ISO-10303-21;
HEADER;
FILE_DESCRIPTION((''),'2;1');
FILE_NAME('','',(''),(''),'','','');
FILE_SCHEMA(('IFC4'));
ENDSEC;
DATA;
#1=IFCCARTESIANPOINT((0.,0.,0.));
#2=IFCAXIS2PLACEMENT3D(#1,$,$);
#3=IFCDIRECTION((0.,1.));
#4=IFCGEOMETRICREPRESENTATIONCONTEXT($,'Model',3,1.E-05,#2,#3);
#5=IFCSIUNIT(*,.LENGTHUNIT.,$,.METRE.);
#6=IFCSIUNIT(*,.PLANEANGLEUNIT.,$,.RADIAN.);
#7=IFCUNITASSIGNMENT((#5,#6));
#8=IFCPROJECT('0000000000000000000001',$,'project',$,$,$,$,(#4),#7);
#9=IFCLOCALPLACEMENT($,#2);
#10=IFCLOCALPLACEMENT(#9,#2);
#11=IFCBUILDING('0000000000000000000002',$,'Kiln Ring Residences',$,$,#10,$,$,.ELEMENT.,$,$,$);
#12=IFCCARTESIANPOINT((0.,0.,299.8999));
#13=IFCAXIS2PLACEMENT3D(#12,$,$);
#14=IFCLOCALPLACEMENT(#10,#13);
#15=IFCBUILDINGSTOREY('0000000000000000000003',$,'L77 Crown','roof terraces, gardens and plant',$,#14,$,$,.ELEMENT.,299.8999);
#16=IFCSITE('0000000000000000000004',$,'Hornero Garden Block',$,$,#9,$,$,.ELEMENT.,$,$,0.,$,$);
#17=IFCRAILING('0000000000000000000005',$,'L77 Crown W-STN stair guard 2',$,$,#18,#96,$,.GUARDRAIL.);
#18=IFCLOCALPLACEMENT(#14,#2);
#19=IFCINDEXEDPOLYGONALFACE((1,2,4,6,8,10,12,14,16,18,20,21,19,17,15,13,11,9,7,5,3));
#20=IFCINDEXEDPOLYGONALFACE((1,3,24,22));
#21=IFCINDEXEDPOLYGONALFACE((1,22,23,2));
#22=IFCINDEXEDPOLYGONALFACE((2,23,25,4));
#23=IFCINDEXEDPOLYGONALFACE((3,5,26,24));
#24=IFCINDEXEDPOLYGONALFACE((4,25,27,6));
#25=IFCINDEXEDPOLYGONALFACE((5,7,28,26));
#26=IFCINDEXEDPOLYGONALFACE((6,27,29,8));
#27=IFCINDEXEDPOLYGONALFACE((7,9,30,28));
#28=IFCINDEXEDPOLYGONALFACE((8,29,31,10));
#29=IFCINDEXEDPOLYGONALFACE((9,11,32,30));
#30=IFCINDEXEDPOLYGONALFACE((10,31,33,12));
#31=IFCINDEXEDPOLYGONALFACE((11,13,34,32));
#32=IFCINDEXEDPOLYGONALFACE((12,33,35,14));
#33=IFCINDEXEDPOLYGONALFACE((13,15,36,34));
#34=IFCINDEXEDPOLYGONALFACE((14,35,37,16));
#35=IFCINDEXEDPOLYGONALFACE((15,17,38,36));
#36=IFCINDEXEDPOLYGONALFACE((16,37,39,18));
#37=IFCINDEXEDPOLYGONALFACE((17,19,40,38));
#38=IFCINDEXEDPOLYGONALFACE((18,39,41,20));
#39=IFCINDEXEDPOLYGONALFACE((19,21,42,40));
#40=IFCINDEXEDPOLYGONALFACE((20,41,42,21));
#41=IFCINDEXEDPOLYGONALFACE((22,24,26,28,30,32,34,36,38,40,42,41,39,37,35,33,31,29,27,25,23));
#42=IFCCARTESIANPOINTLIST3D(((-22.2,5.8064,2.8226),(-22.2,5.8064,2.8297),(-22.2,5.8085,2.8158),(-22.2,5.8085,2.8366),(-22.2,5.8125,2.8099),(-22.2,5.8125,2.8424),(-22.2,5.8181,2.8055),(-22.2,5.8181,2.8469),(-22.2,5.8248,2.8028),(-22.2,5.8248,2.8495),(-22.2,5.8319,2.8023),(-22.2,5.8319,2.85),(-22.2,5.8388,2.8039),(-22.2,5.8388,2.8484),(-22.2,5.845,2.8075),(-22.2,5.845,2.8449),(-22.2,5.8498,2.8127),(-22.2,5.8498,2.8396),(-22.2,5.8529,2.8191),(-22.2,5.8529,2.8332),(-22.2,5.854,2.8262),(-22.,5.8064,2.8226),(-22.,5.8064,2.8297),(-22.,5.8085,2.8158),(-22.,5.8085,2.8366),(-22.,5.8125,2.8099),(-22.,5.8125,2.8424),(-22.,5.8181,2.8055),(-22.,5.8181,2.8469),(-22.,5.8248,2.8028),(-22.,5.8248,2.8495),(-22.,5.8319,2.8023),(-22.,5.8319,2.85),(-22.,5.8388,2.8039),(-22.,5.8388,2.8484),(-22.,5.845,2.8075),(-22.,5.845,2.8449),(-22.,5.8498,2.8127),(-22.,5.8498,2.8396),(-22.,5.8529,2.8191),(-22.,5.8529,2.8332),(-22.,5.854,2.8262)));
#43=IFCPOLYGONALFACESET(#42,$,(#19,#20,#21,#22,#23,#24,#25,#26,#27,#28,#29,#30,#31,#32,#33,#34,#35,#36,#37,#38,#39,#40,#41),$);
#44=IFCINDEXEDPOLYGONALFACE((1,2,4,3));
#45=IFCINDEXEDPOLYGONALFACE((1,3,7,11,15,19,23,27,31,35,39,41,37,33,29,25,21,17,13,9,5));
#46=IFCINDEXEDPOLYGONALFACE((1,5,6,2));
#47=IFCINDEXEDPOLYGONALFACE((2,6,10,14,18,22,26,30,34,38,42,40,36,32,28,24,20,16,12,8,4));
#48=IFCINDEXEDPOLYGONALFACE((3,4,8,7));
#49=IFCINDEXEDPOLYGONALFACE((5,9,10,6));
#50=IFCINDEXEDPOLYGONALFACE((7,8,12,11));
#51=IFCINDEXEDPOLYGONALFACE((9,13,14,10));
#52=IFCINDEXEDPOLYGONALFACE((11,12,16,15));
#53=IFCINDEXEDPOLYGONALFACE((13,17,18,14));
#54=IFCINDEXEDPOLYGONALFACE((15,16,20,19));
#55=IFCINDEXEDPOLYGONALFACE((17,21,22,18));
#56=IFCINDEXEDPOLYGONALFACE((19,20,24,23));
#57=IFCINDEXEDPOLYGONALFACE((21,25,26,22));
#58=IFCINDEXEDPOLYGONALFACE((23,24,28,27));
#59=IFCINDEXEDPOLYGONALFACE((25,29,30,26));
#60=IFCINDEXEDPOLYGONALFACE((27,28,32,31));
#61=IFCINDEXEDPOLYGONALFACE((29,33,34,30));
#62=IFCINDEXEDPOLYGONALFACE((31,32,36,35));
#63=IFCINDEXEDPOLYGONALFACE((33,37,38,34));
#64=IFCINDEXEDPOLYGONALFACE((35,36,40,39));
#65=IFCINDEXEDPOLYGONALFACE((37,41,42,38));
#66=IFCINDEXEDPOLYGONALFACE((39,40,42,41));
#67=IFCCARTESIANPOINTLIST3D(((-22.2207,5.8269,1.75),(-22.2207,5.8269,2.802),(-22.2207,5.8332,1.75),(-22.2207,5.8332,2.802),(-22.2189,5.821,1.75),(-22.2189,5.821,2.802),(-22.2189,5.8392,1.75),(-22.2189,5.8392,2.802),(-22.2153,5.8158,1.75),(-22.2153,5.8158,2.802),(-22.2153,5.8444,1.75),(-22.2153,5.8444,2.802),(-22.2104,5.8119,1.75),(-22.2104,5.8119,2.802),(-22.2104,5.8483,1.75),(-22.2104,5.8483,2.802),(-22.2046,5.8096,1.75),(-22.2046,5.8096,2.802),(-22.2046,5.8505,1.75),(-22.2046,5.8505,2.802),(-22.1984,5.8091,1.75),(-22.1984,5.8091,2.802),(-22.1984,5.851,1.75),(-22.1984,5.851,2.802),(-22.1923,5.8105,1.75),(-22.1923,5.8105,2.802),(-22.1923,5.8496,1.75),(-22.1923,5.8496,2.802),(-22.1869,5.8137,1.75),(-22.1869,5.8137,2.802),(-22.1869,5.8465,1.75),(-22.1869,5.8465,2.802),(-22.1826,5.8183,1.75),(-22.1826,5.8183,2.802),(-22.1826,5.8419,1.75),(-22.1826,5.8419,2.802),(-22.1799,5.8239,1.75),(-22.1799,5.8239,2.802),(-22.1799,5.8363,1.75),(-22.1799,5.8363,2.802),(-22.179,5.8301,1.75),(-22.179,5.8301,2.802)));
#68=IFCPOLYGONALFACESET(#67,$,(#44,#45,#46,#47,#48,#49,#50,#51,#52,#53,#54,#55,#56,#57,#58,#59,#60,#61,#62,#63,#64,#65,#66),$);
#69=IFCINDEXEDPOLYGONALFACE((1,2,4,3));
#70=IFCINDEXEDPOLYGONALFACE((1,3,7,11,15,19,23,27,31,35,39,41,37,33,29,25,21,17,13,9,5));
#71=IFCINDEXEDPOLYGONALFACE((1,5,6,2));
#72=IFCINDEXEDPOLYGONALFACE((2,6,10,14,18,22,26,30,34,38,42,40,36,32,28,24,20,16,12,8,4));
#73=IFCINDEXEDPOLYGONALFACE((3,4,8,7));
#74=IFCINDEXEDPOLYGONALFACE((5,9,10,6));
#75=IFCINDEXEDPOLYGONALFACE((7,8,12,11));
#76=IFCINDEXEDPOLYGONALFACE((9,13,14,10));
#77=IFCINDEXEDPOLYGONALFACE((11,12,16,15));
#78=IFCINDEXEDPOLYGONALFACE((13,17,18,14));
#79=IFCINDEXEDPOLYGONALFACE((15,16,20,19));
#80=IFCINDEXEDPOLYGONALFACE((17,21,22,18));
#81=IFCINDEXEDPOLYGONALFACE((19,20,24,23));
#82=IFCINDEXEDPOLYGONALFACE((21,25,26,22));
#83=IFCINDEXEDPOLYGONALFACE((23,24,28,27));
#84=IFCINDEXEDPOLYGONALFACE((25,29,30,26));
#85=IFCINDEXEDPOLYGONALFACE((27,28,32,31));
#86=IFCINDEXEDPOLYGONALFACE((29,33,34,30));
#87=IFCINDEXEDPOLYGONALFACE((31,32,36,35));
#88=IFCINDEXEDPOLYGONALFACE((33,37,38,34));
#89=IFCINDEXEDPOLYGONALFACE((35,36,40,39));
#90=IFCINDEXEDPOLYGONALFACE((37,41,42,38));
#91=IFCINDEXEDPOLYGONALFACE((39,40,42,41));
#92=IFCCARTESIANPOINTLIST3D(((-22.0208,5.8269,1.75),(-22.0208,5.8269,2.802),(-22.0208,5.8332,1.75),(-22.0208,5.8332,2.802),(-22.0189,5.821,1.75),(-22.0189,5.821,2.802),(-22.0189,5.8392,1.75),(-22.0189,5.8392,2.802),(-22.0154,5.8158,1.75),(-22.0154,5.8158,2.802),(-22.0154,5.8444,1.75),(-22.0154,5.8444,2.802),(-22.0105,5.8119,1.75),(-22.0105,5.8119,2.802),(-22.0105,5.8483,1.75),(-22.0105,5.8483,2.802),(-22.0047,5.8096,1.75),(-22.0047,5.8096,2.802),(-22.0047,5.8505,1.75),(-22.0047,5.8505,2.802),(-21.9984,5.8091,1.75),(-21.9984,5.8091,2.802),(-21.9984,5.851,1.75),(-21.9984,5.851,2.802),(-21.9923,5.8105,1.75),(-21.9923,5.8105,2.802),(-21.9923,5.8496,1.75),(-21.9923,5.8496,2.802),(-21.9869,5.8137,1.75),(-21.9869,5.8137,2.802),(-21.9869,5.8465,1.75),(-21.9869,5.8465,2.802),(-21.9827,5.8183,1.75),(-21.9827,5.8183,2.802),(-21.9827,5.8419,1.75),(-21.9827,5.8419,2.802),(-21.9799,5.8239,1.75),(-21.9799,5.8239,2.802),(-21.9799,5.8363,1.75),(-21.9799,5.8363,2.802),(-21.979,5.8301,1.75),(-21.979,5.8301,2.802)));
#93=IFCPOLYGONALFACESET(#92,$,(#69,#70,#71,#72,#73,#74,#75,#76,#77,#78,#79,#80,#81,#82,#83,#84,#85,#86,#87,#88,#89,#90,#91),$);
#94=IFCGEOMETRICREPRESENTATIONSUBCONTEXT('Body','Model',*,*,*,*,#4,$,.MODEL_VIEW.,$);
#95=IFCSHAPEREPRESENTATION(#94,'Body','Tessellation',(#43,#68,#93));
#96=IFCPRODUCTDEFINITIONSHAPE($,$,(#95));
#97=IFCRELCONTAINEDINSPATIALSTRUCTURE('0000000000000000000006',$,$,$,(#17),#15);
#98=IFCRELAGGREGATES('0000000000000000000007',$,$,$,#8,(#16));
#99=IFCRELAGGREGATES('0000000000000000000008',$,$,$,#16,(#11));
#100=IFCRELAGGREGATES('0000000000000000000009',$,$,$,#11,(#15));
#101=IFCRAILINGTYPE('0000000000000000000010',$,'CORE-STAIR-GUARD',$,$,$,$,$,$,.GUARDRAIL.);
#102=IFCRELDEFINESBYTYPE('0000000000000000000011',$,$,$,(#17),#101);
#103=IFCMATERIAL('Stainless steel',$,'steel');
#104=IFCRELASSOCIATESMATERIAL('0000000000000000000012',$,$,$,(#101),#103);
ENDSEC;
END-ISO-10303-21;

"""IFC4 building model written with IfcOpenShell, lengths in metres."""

from ifc_helpers import new_model, si_unit, direction, frame, origin, origin_2d, place, context, subcontext, project, spatial, circle, extrude, material, type_object, element, save


model = new_model("IFC4")

# Units and contexts
model_context = context("Model", 3, precision=1e-05, world=origin(), true_north=direction((0.0, 1.0)))
body_context = subcontext(model_context, "Body", "Model", "MODEL_VIEW")
ifc_project = project(units=[si_unit("LENGTHUNIT", "METRE"), si_unit("PLANEANGLEUNIT", "RADIAN")], contexts=[model_context])

# Site, building, storey
site_placement = place(None, origin())
site = spatial("IfcSite", under=ifc_project, at=site_placement, Name="Hornero Garden Block", CompositionType="ELEMENT", RefElevation=0.0)
building_placement = place(site_placement, origin())
building = spatial("IfcBuilding", under=site, at=building_placement, Name="Kiln Ring Residences", CompositionType="ELEMENT")
storey_placement = place(building_placement, frame((0.0, 0.0, 299.8999)))
storey = spatial("IfcBuildingStorey", under=building, at=storey_placement, Name="L77 Crown", Description="roof terraces, gardens and plant", CompositionType="ELEMENT", Elevation=299.8999)

# Railing
ifc_material_1 = material(Name="Stainless steel", Category="steel")
railing_type_1 = type_object("IfcRailingType", Name="CORE-STAIR-GUARD", PredefinedType="GUARDRAIL", material=ifc_material_1)
railing_1_placement = place(storey_placement, frame((-22.2, 5.8301, 1.75)))
element("IfcRailing", 1, at=railing_1_placement, inside=storey, type_object=railing_type_1, Name="L77 Crown W-STN stair guard 2", PredefinedType="GUARDRAIL", context=body_context, shape_type="SweptSolid", body=[
    extrude(circle(Radius=0.0239, at=origin_2d()), frame((0.0, 0.0, 1.0762), z_axis=(1.0, 0.0, 0.0), x_axis=(0.0, 1.0, 0.0)), (0.0, 0.0, 1.0), 0.2),
    extrude(circle(Radius=0.021, at=origin_2d()), origin(), (0.0, 0.0, 1.0), 1.052),
    extrude(circle(Radius=0.021, at=origin_2d()), frame((0.2, 0.0, 0.0)), (0.0, 0.0, 1.0), 1.052),
])

save(model, "model.ifc")
